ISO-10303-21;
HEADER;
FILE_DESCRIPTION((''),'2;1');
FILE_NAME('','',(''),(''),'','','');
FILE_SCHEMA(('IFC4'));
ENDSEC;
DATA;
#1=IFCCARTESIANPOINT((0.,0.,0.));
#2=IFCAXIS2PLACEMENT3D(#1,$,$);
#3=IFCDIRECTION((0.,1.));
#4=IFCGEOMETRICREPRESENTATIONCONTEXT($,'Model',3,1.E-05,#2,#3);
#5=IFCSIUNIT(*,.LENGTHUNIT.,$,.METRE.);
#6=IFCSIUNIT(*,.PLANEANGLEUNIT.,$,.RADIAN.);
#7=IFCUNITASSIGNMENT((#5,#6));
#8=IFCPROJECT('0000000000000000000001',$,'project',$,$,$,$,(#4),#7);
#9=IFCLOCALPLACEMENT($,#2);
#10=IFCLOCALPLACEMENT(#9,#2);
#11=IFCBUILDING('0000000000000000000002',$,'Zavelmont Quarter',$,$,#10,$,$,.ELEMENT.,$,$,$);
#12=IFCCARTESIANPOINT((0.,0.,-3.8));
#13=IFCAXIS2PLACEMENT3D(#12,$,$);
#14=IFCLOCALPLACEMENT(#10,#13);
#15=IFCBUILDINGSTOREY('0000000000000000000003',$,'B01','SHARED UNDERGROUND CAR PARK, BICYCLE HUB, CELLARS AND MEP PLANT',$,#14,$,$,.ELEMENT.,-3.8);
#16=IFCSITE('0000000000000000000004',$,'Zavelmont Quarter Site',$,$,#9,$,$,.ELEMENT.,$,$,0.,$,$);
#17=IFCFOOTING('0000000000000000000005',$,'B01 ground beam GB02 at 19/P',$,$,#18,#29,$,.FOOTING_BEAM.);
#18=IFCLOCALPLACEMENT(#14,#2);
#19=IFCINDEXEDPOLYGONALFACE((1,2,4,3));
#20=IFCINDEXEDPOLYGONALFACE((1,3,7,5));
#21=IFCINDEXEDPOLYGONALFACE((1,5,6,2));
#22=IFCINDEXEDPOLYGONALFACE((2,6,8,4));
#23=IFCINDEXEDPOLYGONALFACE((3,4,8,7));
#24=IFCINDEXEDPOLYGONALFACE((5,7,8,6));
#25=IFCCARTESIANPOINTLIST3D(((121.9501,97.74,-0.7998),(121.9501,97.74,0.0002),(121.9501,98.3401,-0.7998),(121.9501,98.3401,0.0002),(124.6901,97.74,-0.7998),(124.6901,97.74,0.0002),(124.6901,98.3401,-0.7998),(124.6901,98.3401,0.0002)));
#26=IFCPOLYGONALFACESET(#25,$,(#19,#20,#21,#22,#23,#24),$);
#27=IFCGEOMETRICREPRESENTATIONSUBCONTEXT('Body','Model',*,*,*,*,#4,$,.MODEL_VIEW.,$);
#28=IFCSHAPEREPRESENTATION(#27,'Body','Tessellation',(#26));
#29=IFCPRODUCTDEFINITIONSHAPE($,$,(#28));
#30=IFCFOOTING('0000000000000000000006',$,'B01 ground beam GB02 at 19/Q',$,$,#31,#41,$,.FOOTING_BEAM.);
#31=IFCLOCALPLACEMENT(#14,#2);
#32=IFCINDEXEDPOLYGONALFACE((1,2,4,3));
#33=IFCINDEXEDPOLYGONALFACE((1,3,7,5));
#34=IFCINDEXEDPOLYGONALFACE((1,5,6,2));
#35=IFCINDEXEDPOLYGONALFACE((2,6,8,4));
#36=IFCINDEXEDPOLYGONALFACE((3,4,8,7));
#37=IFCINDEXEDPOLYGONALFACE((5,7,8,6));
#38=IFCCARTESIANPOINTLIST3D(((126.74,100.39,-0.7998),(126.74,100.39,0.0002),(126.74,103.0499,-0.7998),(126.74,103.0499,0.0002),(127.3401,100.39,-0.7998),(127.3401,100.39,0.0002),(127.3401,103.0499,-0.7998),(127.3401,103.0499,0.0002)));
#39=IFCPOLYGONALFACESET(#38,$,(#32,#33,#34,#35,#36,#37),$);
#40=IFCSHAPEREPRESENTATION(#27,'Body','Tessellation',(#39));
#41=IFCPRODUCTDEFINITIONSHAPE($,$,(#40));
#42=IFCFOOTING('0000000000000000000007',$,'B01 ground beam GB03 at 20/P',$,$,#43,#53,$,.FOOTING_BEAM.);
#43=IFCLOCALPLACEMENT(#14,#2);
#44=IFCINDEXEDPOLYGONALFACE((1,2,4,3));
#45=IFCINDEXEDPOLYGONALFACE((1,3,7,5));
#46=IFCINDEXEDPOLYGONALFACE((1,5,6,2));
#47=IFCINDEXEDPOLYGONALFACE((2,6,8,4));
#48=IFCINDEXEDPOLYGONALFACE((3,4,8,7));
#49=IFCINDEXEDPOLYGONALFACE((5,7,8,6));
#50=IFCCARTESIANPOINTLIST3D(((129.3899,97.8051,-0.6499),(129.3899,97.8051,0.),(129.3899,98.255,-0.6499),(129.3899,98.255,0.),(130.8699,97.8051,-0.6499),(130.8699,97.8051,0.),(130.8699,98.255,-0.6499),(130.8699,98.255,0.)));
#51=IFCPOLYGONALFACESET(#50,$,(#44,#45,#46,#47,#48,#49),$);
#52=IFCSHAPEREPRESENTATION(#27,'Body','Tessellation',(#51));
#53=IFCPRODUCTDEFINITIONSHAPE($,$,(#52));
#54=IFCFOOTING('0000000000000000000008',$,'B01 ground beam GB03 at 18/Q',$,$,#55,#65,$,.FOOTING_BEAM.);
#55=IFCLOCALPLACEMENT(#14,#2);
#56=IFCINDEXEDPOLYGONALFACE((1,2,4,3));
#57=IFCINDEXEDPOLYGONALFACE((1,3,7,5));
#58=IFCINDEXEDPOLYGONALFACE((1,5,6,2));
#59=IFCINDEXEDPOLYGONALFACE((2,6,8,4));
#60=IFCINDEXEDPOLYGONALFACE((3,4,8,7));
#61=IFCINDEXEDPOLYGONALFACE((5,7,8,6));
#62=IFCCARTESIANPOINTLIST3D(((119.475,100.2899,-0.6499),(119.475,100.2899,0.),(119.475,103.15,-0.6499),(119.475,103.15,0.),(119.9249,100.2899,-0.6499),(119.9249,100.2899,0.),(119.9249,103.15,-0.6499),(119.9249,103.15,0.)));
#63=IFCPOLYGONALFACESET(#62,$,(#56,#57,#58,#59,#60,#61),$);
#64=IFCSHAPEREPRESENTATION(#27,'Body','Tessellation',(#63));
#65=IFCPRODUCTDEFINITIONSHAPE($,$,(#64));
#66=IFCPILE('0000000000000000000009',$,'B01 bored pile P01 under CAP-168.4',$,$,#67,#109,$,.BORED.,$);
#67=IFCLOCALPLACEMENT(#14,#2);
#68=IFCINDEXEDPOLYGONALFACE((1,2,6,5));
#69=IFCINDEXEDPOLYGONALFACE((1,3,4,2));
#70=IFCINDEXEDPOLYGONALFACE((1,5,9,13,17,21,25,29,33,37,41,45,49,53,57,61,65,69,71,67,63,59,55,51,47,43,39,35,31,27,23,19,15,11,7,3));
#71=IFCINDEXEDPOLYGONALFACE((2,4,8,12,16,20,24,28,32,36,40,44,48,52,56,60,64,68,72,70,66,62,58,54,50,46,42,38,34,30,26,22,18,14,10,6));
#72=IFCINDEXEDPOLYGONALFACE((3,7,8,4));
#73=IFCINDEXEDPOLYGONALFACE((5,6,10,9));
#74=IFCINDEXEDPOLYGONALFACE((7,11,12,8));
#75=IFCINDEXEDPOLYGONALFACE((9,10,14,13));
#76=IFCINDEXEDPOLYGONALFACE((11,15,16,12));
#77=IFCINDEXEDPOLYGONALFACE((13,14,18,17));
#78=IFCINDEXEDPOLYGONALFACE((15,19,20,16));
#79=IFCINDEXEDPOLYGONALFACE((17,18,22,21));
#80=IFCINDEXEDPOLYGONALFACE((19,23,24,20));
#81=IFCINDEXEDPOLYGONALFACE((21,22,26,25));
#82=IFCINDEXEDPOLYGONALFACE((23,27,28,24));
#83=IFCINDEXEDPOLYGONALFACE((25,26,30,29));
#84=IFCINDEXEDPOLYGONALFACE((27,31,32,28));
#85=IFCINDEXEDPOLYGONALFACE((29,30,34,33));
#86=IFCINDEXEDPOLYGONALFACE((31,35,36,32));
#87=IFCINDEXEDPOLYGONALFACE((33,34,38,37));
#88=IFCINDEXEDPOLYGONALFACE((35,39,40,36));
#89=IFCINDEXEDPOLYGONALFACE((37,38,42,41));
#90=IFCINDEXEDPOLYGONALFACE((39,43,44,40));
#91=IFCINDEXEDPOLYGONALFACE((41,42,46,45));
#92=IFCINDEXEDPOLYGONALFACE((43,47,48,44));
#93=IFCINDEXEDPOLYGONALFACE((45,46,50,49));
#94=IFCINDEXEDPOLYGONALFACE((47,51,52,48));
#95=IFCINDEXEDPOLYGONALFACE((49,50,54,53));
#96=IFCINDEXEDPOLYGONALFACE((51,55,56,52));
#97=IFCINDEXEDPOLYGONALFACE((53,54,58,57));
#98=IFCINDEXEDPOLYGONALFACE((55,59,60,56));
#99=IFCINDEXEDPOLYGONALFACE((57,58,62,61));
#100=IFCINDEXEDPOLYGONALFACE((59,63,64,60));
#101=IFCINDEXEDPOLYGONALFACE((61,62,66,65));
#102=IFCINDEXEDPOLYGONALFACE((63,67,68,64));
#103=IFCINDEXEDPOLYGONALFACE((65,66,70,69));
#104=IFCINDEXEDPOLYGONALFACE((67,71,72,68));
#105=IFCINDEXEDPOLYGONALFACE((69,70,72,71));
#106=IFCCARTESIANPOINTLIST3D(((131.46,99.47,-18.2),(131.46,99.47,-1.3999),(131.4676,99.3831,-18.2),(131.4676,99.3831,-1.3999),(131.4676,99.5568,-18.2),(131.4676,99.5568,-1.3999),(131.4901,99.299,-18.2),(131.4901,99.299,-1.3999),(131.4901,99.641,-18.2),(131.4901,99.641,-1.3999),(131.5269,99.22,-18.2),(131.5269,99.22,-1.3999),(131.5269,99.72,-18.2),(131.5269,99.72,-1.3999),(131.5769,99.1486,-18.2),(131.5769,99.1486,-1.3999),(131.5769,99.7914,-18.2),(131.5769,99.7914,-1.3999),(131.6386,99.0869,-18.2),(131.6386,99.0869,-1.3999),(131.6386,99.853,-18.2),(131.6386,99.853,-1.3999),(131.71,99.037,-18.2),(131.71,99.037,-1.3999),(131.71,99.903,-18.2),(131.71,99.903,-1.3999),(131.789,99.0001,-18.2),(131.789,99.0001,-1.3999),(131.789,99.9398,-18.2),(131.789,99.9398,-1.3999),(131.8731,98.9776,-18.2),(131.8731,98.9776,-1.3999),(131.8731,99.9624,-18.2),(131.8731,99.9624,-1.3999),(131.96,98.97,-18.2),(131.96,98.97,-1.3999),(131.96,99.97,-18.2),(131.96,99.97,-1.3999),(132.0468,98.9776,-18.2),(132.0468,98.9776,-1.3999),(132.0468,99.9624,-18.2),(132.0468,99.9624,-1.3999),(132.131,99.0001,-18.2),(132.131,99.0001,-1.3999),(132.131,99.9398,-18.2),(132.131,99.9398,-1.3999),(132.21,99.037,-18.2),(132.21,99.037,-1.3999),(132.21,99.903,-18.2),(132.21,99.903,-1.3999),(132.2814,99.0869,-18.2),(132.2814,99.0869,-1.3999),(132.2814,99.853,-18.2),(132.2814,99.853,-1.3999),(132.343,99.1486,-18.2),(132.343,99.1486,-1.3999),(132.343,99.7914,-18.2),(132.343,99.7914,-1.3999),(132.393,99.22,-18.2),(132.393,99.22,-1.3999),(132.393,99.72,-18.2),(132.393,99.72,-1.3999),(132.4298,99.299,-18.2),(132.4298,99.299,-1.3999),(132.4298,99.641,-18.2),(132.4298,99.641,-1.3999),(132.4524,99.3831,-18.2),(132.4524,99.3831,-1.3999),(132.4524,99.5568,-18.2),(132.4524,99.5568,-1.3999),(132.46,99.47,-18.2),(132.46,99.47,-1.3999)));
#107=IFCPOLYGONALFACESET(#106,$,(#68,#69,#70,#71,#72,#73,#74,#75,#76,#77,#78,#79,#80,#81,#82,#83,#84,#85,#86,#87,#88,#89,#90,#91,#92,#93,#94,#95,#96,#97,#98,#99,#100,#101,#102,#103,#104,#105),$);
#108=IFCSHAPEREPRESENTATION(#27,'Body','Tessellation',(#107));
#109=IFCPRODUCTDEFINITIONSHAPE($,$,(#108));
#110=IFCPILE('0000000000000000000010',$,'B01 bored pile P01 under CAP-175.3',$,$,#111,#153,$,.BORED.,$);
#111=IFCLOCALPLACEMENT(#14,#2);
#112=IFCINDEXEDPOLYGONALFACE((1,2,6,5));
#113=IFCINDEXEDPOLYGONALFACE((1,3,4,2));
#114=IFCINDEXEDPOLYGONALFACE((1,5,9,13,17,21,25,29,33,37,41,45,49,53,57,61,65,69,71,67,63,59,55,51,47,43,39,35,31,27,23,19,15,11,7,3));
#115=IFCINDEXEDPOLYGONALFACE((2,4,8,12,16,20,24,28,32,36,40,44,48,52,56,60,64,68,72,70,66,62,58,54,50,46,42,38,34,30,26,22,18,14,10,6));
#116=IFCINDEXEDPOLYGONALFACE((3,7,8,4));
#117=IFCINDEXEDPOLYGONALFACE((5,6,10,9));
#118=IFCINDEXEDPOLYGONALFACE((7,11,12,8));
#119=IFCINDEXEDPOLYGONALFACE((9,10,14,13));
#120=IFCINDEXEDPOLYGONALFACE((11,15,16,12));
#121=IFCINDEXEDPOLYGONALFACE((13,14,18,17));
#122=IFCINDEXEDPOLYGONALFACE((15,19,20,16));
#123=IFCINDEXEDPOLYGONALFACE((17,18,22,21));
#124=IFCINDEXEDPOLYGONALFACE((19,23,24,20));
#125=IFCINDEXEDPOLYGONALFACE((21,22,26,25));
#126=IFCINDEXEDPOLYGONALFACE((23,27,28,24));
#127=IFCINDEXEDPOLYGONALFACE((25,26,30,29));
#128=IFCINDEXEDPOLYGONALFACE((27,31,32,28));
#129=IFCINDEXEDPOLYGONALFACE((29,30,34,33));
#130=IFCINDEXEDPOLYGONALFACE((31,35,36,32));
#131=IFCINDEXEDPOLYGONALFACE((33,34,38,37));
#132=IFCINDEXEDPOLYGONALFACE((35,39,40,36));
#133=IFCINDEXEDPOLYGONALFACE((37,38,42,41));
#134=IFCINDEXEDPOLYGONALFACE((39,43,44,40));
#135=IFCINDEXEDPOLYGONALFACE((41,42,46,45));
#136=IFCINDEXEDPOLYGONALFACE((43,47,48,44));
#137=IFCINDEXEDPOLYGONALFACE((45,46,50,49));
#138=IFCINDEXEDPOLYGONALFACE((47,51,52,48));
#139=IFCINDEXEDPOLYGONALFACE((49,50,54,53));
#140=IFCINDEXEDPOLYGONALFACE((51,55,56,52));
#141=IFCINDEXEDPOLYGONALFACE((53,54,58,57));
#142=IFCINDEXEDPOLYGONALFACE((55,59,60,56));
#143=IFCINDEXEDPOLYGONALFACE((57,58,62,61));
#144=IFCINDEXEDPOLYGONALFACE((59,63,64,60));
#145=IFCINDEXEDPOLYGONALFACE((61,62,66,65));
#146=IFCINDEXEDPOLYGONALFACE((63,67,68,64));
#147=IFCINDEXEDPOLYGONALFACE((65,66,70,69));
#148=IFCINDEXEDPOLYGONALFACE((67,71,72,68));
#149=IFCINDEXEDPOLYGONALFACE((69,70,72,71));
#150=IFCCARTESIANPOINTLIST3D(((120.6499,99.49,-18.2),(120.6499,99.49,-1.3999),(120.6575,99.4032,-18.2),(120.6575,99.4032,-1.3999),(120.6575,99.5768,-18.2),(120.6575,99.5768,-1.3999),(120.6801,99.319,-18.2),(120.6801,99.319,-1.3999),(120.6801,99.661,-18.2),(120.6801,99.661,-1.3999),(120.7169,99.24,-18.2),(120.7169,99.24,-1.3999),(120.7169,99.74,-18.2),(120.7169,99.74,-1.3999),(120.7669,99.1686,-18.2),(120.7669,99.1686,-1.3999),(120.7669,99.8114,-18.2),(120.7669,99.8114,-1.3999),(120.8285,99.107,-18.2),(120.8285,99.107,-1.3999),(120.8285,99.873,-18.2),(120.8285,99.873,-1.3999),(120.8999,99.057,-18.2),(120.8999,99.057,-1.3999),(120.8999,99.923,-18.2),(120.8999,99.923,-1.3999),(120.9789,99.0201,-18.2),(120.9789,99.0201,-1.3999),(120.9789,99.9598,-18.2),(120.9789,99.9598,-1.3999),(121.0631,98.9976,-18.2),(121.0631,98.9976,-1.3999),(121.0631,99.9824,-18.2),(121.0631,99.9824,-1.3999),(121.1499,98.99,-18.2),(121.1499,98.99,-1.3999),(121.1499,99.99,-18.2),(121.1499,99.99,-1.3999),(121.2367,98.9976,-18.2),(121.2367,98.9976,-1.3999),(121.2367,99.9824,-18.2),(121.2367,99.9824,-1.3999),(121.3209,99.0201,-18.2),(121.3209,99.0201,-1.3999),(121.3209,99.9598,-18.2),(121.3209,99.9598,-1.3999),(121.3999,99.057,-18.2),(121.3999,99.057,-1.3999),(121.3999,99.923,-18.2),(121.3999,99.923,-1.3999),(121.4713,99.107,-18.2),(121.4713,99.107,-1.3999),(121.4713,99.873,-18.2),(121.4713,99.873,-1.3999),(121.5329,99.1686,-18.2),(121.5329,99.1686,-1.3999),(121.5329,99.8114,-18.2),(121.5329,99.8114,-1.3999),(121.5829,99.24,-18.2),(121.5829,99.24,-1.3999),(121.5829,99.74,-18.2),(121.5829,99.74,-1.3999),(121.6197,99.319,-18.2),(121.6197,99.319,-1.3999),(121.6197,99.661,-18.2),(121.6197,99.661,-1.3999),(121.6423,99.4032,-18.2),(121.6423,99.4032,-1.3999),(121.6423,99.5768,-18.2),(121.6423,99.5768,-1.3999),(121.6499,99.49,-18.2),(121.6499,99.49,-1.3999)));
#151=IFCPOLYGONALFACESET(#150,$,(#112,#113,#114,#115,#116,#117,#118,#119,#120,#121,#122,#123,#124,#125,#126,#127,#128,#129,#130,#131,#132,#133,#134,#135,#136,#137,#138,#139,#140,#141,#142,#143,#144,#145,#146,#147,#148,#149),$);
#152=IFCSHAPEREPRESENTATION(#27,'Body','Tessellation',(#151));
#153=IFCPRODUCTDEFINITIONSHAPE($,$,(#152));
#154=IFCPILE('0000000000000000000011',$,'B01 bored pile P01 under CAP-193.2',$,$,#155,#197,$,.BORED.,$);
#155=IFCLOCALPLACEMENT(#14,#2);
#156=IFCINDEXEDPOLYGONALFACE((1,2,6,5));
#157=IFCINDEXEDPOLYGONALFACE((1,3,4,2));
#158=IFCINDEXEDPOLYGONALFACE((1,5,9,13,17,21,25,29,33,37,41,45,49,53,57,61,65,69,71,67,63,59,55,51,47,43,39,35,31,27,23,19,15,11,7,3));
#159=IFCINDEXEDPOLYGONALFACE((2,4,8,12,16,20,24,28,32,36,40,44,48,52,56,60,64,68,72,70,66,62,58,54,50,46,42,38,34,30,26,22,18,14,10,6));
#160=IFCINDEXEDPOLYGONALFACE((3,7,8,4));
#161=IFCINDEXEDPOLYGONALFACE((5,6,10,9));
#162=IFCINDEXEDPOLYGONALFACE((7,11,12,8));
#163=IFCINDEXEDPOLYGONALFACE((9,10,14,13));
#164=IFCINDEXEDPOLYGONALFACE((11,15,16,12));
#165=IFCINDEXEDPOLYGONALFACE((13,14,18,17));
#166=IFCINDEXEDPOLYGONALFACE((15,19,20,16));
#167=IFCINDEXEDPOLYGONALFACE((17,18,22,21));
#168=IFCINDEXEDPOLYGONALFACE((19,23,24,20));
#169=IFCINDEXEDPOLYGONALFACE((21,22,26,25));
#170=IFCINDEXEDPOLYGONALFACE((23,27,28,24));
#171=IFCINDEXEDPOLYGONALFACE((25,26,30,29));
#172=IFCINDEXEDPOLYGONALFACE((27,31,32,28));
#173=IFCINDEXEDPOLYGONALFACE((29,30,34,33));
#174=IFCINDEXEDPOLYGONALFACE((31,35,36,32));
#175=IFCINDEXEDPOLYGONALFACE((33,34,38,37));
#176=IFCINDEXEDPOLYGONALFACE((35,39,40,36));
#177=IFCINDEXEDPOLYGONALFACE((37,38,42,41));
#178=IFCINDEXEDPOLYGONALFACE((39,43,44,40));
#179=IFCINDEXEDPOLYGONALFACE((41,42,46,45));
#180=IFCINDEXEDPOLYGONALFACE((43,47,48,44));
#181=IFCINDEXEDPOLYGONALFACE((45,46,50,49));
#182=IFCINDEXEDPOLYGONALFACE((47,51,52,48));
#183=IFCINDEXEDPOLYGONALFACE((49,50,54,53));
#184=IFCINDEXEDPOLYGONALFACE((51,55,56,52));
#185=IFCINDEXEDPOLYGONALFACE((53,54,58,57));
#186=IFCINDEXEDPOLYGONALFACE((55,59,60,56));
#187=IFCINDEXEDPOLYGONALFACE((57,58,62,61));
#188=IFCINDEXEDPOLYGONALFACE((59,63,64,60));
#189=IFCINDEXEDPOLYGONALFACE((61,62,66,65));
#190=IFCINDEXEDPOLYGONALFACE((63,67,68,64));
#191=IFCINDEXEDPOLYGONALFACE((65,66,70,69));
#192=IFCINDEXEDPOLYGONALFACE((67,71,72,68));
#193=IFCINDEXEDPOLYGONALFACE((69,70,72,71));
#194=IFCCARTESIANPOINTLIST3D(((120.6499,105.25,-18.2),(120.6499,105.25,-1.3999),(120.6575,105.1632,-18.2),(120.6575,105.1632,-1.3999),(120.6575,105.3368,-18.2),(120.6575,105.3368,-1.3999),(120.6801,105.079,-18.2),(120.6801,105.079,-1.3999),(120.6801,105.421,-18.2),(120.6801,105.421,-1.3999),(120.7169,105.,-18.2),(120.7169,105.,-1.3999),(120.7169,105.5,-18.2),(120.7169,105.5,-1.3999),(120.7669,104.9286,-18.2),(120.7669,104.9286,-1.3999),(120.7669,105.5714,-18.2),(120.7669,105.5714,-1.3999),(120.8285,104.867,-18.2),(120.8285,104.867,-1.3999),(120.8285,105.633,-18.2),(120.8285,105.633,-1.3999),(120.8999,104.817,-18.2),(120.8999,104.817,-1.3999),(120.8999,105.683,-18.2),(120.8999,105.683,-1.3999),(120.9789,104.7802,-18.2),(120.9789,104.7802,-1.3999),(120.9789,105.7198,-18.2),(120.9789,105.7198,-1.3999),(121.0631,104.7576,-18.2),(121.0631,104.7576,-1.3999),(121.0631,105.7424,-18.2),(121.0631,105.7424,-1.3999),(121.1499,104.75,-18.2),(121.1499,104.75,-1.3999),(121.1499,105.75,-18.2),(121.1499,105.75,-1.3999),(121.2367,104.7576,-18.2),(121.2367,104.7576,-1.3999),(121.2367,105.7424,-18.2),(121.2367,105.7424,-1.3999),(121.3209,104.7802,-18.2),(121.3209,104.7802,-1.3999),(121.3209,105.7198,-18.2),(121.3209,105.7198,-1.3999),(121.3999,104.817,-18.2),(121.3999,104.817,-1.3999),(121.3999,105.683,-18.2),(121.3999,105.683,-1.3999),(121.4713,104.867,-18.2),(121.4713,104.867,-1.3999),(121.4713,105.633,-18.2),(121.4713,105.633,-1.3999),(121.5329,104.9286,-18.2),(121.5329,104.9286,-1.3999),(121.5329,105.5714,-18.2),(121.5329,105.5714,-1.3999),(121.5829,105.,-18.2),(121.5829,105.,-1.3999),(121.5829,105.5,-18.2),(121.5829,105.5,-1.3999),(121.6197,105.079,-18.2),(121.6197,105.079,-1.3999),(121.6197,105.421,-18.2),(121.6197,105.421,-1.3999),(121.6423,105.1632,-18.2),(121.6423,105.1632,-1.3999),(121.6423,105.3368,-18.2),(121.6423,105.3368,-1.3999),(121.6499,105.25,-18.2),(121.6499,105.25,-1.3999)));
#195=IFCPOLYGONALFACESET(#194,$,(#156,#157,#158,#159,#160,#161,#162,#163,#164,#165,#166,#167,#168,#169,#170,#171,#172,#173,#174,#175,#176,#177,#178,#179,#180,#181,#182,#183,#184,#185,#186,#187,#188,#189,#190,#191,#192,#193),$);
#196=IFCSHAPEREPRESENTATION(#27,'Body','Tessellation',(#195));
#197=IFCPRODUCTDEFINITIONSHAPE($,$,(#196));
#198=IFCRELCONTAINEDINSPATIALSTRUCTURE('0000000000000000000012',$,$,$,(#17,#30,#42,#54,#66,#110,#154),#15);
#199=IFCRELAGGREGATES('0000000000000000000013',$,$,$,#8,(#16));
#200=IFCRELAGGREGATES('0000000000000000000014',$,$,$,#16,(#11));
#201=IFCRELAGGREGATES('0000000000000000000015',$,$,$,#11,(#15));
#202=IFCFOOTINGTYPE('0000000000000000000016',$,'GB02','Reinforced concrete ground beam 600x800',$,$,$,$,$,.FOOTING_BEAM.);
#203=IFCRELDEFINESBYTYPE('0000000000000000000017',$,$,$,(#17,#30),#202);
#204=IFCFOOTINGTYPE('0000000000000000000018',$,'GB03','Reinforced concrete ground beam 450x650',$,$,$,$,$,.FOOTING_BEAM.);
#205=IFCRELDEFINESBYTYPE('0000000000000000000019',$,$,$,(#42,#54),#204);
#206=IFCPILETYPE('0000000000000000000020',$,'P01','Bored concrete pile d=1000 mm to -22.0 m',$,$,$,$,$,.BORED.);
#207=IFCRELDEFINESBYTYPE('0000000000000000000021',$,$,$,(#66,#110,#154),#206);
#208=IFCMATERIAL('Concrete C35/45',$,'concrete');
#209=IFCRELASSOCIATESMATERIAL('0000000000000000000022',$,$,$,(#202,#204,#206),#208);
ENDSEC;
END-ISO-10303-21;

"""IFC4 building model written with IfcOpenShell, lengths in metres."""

from ifc_helpers import new_model, si_unit, direction, frame, origin, origin_2d, place, context, subcontext, project, spatial, rectangle, circle, extrude, material, material_profile, profile_set, type_object, element, save


model = new_model("IFC4")

# Units and contexts
model_context = context("Model", 3, precision=1e-05, world=origin(), true_north=direction((0.0, 1.0)))
body_context = subcontext(model_context, "Body", "Model", "MODEL_VIEW")
ifc_project = project(units=[si_unit("LENGTHUNIT", "METRE"), si_unit("PLANEANGLEUNIT", "RADIAN")], contexts=[model_context])

# Site, building, storey
site_placement = place(None, origin())
site = spatial("IfcSite", under=ifc_project, at=site_placement, Name="Zavelmont Quarter Site", CompositionType="ELEMENT", RefElevation=0.0)
building_placement = place(site_placement, origin())
building = spatial("IfcBuilding", under=site, at=building_placement, Name="Zavelmont Quarter", CompositionType="ELEMENT")
storey_placement = place(building_placement, frame((0.0, 0.0, -3.8)))
storey = spatial("IfcBuildingStorey", under=building, at=storey_placement, Name="B01", Description="SHARED UNDERGROUND CAR PARK, BICYCLE HUB, CELLARS AND MEP PLANT", CompositionType="ELEMENT", Elevation=-3.8)

# Footings
ifc_material_1 = material(Name="Concrete C35/45", Category="concrete")
footing_type_1 = type_object("IfcFootingType", Name="GB02", Description="Reinforced concrete ground beam 600x800", PredefinedType="FOOTING_BEAM", material=ifc_material_1)
footing_1_placement = place(storey_placement, frame((123.3201, 98.04, -0.7998), z_axis=(0.0, 0.0, 1.0), x_axis=(1.0, 0.0, 0.0)))
element("IfcFooting", 1, at=footing_1_placement, inside=storey, type_object=footing_type_1, Name="B01 ground beam GB02 at 19/P", PredefinedType="FOOTING_BEAM", context=body_context, shape_type="SweptSolid", body=[
    extrude(rectangle(XDim=2.74, YDim=0.6001, at=origin_2d()), origin(), (0.0, 0.0, 1.0), 0.8),
])
footing_2_placement = place(storey_placement, frame((127.04, 101.72, -0.7998), z_axis=(0.0, 0.0, 1.0), x_axis=(0.0, 1.0, 0.0)))
element("IfcFooting", 2, at=footing_2_placement, inside=storey, type_object=footing_type_1, Name="B01 ground beam GB02 at 19/Q", PredefinedType="FOOTING_BEAM", context=body_context, shape_type="SweptSolid", body=[
    extrude(rectangle(XDim=2.6599, YDim=0.6001, at=origin_2d()), origin(), (0.0, 0.0, 1.0), 0.8),
])
footing_type_2 = type_object("IfcFootingType", Name="GB03", Description="Reinforced concrete ground beam 450x650", PredefinedType="FOOTING_BEAM", material=ifc_material_1)
footing_3_placement = place(storey_placement, frame((130.1299, 98.03, -0.6499), z_axis=(0.0, 0.0, 1.0), x_axis=(1.0, 0.0, 0.0)))
element("IfcFooting", 3, at=footing_3_placement, inside=storey, type_object=footing_type_2, Name="B01 ground beam GB03 at 20/P", PredefinedType="FOOTING_BEAM", context=body_context, shape_type="SweptSolid", body=[
    extrude(rectangle(XDim=1.48, YDim=0.45, at=origin_2d()), origin(), (0.0, 0.0, 1.0), 0.6499),
])
footing_4_placement = place(storey_placement, frame((119.7, 101.72, -0.6499), z_axis=(0.0, 0.0, 1.0), x_axis=(0.0, 1.0, 0.0)))
element("IfcFooting", 4, at=footing_4_placement, inside=storey, type_object=footing_type_2, Name="B01 ground beam GB03 at 18/Q", PredefinedType="FOOTING_BEAM", context=body_context, shape_type="SweptSolid", body=[
    extrude(rectangle(XDim=2.8601, YDim=0.45, at=origin_2d()), origin(), (0.0, 0.0, 1.0), 0.6499),
])

# Piles
ifc_material_profile_1 = material_profile(ifc_material_1, circle(Radius=0.5, at=origin_2d()), Name="BP1000")
ifc_profile_set_1 = profile_set([ifc_material_profile_1], Name="Concrete C35/45")
pile_type_1 = type_object("IfcPileType", Name="P01", Description="Bored concrete pile d=1000 mm to -22.0 m", PredefinedType="BORED", material=ifc_profile_set_1)
for number, where, z_axis, x_axis, name in (
    (5, (131.96, 99.47, -1.3999), (0.0, 0.0, -1.0), (1.0, 0.0, 0.0), "B01 bored pile P01 under CAP-168.4"),
    (6, (121.1499, 99.49, -1.3999), (0.0, 0.0, -1.0), (1.0, 0.0, 0.0), "B01 bored pile P01 under CAP-175.3"),
    (7, (121.1499, 105.25, -1.3999), (0.0, 0.0, -1.0), (1.0, 0.0, 0.0), "B01 bored pile P01 under CAP-193.2"),
):
    element("IfcPile", number, at=place(storey_placement, frame(where, z_axis=z_axis, x_axis=x_axis)), inside=storey, type_object=pile_type_1, Name=name, PredefinedType="BORED", context=body_context, shape_type="SweptSolid", body=[
        extrude(circle(Radius=0.5, at=origin_2d()), origin(), (0.0, 0.0, 1.0), 16.8),
    ])

save(model, "model.ifc")
